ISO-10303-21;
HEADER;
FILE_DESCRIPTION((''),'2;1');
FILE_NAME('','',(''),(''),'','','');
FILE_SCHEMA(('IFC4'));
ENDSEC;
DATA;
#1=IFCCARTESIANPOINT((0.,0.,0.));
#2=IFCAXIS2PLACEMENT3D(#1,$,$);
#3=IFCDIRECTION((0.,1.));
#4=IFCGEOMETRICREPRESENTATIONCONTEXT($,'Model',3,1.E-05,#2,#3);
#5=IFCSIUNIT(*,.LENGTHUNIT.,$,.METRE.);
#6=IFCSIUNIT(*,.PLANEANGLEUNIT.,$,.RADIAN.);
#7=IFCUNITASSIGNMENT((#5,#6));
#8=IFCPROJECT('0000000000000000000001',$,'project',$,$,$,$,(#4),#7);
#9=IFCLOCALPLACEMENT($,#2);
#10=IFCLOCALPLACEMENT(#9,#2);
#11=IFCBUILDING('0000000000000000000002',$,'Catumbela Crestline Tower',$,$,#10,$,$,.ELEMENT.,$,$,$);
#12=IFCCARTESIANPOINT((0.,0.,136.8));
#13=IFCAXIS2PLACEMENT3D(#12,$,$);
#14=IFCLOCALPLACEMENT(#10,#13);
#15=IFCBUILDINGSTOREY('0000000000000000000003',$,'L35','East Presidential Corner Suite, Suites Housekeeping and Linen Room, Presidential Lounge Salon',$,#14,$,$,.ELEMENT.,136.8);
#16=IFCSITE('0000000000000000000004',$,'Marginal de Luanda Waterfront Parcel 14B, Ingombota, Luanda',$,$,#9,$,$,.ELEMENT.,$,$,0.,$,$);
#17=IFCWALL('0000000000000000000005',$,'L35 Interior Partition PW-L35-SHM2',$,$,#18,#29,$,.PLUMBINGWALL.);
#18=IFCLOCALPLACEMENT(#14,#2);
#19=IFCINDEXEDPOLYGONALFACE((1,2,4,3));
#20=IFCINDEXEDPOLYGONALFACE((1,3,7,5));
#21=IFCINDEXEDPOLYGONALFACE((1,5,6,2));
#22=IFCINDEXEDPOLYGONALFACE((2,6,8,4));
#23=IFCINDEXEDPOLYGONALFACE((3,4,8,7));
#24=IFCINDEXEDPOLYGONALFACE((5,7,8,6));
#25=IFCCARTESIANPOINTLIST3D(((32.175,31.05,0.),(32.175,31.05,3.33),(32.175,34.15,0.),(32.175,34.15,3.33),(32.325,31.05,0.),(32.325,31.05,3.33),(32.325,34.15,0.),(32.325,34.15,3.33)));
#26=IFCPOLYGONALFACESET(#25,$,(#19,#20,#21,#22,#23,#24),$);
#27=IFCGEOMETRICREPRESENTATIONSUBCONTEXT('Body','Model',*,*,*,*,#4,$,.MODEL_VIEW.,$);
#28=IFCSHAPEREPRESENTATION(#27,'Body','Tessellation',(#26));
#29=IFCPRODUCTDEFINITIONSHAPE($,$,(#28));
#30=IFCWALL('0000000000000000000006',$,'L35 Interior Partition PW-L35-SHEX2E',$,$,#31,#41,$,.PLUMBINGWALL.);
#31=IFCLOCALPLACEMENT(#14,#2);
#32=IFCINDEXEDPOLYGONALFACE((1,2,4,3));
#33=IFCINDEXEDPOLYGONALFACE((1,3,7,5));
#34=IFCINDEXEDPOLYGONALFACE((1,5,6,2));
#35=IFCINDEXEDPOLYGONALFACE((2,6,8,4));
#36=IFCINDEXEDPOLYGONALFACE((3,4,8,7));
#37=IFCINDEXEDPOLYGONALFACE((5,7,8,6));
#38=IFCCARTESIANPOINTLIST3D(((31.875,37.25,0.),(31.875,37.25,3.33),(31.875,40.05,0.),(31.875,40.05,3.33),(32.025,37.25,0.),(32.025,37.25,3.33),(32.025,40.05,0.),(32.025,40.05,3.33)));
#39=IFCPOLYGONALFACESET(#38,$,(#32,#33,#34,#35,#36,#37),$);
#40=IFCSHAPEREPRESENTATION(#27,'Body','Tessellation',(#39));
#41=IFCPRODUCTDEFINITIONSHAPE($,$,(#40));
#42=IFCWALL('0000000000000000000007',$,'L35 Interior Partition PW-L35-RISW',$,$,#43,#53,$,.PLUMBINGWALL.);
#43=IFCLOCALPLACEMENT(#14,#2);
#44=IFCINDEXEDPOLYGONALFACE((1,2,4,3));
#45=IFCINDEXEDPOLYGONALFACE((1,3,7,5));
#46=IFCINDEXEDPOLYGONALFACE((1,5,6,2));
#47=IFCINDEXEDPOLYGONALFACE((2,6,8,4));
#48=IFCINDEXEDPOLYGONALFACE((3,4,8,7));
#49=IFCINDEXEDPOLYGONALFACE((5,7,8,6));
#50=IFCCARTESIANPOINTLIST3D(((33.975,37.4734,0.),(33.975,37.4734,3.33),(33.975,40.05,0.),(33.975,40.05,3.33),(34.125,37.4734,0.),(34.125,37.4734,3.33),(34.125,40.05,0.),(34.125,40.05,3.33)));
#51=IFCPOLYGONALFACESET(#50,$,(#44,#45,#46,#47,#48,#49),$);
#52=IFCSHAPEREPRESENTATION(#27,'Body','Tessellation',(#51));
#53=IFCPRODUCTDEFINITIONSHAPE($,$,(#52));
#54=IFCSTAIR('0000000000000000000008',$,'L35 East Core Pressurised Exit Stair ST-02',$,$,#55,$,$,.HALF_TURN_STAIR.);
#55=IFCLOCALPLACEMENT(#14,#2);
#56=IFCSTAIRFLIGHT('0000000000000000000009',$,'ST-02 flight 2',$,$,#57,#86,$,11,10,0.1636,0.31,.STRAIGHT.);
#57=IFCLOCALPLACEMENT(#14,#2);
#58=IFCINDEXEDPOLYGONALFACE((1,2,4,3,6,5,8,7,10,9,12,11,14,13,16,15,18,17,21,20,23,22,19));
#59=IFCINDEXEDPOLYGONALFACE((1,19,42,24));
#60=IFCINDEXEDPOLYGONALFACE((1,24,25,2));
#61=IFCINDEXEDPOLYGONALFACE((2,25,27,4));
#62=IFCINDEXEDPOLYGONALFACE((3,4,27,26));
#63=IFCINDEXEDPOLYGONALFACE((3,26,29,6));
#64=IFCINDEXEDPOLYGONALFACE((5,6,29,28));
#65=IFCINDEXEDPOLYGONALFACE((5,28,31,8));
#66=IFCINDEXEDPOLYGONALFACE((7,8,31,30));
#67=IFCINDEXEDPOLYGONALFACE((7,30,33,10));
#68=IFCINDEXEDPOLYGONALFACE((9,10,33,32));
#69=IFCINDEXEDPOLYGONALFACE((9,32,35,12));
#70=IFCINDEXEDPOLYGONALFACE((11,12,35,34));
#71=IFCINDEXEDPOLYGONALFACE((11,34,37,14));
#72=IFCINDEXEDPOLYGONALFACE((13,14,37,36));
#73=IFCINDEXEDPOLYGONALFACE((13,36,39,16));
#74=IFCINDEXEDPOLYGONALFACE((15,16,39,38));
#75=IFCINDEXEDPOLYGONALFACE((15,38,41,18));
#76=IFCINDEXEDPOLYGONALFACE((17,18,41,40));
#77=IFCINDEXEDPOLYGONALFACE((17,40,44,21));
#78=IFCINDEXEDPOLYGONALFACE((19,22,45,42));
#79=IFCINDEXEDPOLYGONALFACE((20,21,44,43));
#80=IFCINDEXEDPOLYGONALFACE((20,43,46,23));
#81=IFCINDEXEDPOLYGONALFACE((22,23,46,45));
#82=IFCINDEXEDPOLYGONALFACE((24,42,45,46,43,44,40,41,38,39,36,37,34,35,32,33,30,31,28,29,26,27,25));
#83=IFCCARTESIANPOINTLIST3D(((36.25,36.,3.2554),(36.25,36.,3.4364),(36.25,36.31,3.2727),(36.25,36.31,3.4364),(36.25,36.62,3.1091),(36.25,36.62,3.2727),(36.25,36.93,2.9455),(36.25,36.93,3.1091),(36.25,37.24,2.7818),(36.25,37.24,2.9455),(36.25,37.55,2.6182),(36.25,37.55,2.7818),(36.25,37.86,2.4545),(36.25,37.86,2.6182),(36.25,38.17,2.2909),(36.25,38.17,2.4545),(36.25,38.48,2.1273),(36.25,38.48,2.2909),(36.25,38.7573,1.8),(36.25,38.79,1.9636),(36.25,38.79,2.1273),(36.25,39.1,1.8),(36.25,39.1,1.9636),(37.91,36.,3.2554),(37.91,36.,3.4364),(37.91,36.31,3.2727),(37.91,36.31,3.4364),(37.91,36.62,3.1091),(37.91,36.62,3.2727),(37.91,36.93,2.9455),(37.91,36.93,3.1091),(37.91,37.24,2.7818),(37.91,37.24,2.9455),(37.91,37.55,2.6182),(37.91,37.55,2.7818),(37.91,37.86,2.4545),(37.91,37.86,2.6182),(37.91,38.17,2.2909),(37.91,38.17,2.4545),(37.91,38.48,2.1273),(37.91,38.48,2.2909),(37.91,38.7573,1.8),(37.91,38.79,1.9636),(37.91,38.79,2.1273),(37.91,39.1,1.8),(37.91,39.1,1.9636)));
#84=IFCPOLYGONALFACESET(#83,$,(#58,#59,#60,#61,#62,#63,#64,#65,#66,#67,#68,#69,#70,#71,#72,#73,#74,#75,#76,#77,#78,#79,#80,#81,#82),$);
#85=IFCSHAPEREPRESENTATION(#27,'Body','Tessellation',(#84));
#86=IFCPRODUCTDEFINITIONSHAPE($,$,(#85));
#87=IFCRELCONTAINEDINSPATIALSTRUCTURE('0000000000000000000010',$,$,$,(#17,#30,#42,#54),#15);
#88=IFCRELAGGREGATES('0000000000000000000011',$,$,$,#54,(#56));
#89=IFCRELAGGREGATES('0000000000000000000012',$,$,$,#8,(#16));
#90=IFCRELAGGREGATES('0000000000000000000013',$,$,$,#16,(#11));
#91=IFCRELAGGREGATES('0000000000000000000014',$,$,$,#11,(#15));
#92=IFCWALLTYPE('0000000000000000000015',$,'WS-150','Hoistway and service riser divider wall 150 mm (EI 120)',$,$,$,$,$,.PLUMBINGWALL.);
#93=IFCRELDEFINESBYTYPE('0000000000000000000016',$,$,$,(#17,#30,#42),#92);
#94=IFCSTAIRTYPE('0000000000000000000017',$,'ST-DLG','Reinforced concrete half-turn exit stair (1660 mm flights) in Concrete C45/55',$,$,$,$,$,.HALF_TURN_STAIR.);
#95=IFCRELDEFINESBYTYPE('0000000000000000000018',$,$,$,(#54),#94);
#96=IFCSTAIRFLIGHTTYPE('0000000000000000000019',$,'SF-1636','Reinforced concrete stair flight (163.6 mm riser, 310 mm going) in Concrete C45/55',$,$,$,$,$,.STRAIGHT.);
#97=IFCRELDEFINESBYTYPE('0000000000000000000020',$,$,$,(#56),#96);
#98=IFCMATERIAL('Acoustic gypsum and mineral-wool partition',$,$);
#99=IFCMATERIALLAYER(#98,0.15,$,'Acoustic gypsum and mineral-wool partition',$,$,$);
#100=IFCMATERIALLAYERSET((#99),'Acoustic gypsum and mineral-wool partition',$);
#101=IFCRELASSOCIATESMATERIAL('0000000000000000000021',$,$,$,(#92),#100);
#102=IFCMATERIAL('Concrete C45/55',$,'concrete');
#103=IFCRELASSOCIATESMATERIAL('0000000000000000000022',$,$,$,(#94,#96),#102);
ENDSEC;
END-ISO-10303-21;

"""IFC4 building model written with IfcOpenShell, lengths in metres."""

from ifc_helpers import new_model, si_unit, direction, frame, frame_2d, origin, place, context, subcontext, project, spatial, polyline, rectangle, outline, extrude, material, layer, layer_set, type_object, element, aggregate, save


model = new_model("IFC4")

# Units and contexts
model_context = context("Model", 3, precision=1e-05, world=origin(), true_north=direction((0.0, 1.0)))
body_context = subcontext(model_context, "Body", "Model", "MODEL_VIEW")
ifc_project = project(units=[si_unit("LENGTHUNIT", "METRE"), si_unit("PLANEANGLEUNIT", "RADIAN")], contexts=[model_context])

# Site, building, storey
site_placement = place(None, origin())
site = spatial("IfcSite", under=ifc_project, at=site_placement, Name="Marginal de Luanda Waterfront Parcel 14B, Ingombota, Luanda", CompositionType="ELEMENT", RefElevation=0.0)
building_placement = place(site_placement, origin())
building = spatial("IfcBuilding", under=site, at=building_placement, Name="Catumbela Crestline Tower", CompositionType="ELEMENT")
storey_placement = place(building_placement, frame((0.0, 0.0, 136.8)))
storey = spatial("IfcBuildingStorey", under=building, at=storey_placement, Name="L35", Description="East Presidential Corner Suite, Suites Housekeeping and Linen Room, Presidential Lounge Salon", CompositionType="ELEMENT", Elevation=136.8)

# Shared definitions
ifc_material_1 = material(Name="Acoustic gypsum and mineral-wool partition")

# Walls
ifc_layer_1 = layer(ifc_material_1, 0.15, Name="Acoustic gypsum and mineral-wool partition")
ifc_layer_set_1 = layer_set([ifc_layer_1], Name="Acoustic gypsum and mineral-wool partition")
wall_type_1 = type_object("IfcWallType", Name="WS-150", Description="Hoistway and service riser divider wall 150 mm (EI 120)", PredefinedType="PLUMBINGWALL", material=ifc_layer_set_1)
wall_1_placement = place(storey_placement, frame((32.25, 31.05, 0.0), z_axis=(0.0, 0.0, 1.0), x_axis=(0.0, 1.0, 0.0)))
element("IfcWall", 1, at=wall_1_placement, inside=storey, type_object=wall_type_1, Name="L35 Interior Partition PW-L35-SHM2", PredefinedType="PLUMBINGWALL", context=body_context, shape_type="SweptSolid", body=[
    extrude(rectangle(XDim=3.1, YDim=0.15, at=frame_2d((1.55, 0.0))), origin(), (0.0, 0.0, 1.0), 3.33),
])
wall_2_placement = place(storey_placement, frame((31.95, 37.25, 0.0), z_axis=(0.0, 0.0, 1.0), x_axis=(0.0, 1.0, 0.0)))
element("IfcWall", 2, at=wall_2_placement, inside=storey, type_object=wall_type_1, Name="L35 Interior Partition PW-L35-SHEX2E", PredefinedType="PLUMBINGWALL", context=body_context, shape_type="SweptSolid", body=[
    extrude(rectangle(XDim=2.8, YDim=0.15, at=frame_2d((1.4, 0.0))), origin(), (0.0, 0.0, 1.0), 3.33),
])
wall_3_placement = place(storey_placement, frame((34.05, 37.4734, 0.0), z_axis=(0.0, 0.0, 1.0), x_axis=(0.0, 1.0, 0.0)))
element("IfcWall", 3, at=wall_3_placement, inside=storey, type_object=wall_type_1, Name="L35 Interior Partition PW-L35-RISW", PredefinedType="PLUMBINGWALL", context=body_context, shape_type="SweptSolid", body=[
    extrude(rectangle(XDim=2.5766, YDim=0.15, at=frame_2d((1.2883, 0.0))), origin(), (0.0, 0.0, 1.0), 3.33),
])

# Stair, stair flight
ifc_material_2 = material(Name="Concrete C45/55", Category="concrete")
stair_type = type_object("IfcStairType", Name="ST-DLG", Description="Reinforced concrete half-turn exit stair (1660 mm flights) in Concrete C45/55", PredefinedType="HALF_TURN_STAIR", material=ifc_material_2)
stair_placement = place(storey_placement, origin())
stair = element("IfcStair", 4, at=stair_placement, inside=storey, type_object=stair_type, Name="L35 East Core Pressurised Exit Stair ST-02", PredefinedType="HALF_TURN_STAIR")
stair_flight_type = type_object("IfcStairFlightType", Name="SF-1636", Description="Reinforced concrete stair flight (163.6 mm riser, 310 mm going) in Concrete C45/55", PredefinedType="STRAIGHT", material=ifc_material_2)
stair_flight_placement = place(storey_placement, frame((37.08, 39.1, 1.8), z_axis=(0.0, 0.0, 1.0), x_axis=(0.0, -1.0, 0.0)))
stair_flight = element("IfcStairFlight", 5, at=stair_flight_placement, type_object=stair_flight_type, Name="ST-02 flight 2", NumberOfRisers=11, NumberOfTreads=10, PredefinedType="STRAIGHT", RiserHeight=0.1636, TreadLength=0.31, context=body_context, shape_type="SweptSolid", body=[
    extrude(outline(polyline([(0.0, 0.0), (0.0, 0.1636), (0.31, 0.1636), (0.31, 0.3273), (0.62, 0.3273), (0.62, 0.4909), (0.93, 0.4909), (0.93, 0.6545), (1.24, 0.6545), (1.24, 0.8182), (1.55, 0.8182), (1.55, 0.9818), (1.86, 0.9818), (1.86, 1.1455), (2.17, 1.1455), (2.17, 1.3091), (2.48, 1.3091), (2.48, 1.4727), (2.79, 1.4727), (2.79, 1.6364), (3.1, 1.6364), (3.1, 1.8), (3.1, 1.4554), (0.3427, 0.0), (0.0, 0.0)])), frame((0.0, 0.83, 0.0), z_axis=(0.0, -1.0, 0.0), x_axis=(1.0, 0.0, 0.0)), (0.0, 0.0, 1.0), 1.66),
])
aggregate(stair, [stair_flight])

save(model, "model.ifc")
